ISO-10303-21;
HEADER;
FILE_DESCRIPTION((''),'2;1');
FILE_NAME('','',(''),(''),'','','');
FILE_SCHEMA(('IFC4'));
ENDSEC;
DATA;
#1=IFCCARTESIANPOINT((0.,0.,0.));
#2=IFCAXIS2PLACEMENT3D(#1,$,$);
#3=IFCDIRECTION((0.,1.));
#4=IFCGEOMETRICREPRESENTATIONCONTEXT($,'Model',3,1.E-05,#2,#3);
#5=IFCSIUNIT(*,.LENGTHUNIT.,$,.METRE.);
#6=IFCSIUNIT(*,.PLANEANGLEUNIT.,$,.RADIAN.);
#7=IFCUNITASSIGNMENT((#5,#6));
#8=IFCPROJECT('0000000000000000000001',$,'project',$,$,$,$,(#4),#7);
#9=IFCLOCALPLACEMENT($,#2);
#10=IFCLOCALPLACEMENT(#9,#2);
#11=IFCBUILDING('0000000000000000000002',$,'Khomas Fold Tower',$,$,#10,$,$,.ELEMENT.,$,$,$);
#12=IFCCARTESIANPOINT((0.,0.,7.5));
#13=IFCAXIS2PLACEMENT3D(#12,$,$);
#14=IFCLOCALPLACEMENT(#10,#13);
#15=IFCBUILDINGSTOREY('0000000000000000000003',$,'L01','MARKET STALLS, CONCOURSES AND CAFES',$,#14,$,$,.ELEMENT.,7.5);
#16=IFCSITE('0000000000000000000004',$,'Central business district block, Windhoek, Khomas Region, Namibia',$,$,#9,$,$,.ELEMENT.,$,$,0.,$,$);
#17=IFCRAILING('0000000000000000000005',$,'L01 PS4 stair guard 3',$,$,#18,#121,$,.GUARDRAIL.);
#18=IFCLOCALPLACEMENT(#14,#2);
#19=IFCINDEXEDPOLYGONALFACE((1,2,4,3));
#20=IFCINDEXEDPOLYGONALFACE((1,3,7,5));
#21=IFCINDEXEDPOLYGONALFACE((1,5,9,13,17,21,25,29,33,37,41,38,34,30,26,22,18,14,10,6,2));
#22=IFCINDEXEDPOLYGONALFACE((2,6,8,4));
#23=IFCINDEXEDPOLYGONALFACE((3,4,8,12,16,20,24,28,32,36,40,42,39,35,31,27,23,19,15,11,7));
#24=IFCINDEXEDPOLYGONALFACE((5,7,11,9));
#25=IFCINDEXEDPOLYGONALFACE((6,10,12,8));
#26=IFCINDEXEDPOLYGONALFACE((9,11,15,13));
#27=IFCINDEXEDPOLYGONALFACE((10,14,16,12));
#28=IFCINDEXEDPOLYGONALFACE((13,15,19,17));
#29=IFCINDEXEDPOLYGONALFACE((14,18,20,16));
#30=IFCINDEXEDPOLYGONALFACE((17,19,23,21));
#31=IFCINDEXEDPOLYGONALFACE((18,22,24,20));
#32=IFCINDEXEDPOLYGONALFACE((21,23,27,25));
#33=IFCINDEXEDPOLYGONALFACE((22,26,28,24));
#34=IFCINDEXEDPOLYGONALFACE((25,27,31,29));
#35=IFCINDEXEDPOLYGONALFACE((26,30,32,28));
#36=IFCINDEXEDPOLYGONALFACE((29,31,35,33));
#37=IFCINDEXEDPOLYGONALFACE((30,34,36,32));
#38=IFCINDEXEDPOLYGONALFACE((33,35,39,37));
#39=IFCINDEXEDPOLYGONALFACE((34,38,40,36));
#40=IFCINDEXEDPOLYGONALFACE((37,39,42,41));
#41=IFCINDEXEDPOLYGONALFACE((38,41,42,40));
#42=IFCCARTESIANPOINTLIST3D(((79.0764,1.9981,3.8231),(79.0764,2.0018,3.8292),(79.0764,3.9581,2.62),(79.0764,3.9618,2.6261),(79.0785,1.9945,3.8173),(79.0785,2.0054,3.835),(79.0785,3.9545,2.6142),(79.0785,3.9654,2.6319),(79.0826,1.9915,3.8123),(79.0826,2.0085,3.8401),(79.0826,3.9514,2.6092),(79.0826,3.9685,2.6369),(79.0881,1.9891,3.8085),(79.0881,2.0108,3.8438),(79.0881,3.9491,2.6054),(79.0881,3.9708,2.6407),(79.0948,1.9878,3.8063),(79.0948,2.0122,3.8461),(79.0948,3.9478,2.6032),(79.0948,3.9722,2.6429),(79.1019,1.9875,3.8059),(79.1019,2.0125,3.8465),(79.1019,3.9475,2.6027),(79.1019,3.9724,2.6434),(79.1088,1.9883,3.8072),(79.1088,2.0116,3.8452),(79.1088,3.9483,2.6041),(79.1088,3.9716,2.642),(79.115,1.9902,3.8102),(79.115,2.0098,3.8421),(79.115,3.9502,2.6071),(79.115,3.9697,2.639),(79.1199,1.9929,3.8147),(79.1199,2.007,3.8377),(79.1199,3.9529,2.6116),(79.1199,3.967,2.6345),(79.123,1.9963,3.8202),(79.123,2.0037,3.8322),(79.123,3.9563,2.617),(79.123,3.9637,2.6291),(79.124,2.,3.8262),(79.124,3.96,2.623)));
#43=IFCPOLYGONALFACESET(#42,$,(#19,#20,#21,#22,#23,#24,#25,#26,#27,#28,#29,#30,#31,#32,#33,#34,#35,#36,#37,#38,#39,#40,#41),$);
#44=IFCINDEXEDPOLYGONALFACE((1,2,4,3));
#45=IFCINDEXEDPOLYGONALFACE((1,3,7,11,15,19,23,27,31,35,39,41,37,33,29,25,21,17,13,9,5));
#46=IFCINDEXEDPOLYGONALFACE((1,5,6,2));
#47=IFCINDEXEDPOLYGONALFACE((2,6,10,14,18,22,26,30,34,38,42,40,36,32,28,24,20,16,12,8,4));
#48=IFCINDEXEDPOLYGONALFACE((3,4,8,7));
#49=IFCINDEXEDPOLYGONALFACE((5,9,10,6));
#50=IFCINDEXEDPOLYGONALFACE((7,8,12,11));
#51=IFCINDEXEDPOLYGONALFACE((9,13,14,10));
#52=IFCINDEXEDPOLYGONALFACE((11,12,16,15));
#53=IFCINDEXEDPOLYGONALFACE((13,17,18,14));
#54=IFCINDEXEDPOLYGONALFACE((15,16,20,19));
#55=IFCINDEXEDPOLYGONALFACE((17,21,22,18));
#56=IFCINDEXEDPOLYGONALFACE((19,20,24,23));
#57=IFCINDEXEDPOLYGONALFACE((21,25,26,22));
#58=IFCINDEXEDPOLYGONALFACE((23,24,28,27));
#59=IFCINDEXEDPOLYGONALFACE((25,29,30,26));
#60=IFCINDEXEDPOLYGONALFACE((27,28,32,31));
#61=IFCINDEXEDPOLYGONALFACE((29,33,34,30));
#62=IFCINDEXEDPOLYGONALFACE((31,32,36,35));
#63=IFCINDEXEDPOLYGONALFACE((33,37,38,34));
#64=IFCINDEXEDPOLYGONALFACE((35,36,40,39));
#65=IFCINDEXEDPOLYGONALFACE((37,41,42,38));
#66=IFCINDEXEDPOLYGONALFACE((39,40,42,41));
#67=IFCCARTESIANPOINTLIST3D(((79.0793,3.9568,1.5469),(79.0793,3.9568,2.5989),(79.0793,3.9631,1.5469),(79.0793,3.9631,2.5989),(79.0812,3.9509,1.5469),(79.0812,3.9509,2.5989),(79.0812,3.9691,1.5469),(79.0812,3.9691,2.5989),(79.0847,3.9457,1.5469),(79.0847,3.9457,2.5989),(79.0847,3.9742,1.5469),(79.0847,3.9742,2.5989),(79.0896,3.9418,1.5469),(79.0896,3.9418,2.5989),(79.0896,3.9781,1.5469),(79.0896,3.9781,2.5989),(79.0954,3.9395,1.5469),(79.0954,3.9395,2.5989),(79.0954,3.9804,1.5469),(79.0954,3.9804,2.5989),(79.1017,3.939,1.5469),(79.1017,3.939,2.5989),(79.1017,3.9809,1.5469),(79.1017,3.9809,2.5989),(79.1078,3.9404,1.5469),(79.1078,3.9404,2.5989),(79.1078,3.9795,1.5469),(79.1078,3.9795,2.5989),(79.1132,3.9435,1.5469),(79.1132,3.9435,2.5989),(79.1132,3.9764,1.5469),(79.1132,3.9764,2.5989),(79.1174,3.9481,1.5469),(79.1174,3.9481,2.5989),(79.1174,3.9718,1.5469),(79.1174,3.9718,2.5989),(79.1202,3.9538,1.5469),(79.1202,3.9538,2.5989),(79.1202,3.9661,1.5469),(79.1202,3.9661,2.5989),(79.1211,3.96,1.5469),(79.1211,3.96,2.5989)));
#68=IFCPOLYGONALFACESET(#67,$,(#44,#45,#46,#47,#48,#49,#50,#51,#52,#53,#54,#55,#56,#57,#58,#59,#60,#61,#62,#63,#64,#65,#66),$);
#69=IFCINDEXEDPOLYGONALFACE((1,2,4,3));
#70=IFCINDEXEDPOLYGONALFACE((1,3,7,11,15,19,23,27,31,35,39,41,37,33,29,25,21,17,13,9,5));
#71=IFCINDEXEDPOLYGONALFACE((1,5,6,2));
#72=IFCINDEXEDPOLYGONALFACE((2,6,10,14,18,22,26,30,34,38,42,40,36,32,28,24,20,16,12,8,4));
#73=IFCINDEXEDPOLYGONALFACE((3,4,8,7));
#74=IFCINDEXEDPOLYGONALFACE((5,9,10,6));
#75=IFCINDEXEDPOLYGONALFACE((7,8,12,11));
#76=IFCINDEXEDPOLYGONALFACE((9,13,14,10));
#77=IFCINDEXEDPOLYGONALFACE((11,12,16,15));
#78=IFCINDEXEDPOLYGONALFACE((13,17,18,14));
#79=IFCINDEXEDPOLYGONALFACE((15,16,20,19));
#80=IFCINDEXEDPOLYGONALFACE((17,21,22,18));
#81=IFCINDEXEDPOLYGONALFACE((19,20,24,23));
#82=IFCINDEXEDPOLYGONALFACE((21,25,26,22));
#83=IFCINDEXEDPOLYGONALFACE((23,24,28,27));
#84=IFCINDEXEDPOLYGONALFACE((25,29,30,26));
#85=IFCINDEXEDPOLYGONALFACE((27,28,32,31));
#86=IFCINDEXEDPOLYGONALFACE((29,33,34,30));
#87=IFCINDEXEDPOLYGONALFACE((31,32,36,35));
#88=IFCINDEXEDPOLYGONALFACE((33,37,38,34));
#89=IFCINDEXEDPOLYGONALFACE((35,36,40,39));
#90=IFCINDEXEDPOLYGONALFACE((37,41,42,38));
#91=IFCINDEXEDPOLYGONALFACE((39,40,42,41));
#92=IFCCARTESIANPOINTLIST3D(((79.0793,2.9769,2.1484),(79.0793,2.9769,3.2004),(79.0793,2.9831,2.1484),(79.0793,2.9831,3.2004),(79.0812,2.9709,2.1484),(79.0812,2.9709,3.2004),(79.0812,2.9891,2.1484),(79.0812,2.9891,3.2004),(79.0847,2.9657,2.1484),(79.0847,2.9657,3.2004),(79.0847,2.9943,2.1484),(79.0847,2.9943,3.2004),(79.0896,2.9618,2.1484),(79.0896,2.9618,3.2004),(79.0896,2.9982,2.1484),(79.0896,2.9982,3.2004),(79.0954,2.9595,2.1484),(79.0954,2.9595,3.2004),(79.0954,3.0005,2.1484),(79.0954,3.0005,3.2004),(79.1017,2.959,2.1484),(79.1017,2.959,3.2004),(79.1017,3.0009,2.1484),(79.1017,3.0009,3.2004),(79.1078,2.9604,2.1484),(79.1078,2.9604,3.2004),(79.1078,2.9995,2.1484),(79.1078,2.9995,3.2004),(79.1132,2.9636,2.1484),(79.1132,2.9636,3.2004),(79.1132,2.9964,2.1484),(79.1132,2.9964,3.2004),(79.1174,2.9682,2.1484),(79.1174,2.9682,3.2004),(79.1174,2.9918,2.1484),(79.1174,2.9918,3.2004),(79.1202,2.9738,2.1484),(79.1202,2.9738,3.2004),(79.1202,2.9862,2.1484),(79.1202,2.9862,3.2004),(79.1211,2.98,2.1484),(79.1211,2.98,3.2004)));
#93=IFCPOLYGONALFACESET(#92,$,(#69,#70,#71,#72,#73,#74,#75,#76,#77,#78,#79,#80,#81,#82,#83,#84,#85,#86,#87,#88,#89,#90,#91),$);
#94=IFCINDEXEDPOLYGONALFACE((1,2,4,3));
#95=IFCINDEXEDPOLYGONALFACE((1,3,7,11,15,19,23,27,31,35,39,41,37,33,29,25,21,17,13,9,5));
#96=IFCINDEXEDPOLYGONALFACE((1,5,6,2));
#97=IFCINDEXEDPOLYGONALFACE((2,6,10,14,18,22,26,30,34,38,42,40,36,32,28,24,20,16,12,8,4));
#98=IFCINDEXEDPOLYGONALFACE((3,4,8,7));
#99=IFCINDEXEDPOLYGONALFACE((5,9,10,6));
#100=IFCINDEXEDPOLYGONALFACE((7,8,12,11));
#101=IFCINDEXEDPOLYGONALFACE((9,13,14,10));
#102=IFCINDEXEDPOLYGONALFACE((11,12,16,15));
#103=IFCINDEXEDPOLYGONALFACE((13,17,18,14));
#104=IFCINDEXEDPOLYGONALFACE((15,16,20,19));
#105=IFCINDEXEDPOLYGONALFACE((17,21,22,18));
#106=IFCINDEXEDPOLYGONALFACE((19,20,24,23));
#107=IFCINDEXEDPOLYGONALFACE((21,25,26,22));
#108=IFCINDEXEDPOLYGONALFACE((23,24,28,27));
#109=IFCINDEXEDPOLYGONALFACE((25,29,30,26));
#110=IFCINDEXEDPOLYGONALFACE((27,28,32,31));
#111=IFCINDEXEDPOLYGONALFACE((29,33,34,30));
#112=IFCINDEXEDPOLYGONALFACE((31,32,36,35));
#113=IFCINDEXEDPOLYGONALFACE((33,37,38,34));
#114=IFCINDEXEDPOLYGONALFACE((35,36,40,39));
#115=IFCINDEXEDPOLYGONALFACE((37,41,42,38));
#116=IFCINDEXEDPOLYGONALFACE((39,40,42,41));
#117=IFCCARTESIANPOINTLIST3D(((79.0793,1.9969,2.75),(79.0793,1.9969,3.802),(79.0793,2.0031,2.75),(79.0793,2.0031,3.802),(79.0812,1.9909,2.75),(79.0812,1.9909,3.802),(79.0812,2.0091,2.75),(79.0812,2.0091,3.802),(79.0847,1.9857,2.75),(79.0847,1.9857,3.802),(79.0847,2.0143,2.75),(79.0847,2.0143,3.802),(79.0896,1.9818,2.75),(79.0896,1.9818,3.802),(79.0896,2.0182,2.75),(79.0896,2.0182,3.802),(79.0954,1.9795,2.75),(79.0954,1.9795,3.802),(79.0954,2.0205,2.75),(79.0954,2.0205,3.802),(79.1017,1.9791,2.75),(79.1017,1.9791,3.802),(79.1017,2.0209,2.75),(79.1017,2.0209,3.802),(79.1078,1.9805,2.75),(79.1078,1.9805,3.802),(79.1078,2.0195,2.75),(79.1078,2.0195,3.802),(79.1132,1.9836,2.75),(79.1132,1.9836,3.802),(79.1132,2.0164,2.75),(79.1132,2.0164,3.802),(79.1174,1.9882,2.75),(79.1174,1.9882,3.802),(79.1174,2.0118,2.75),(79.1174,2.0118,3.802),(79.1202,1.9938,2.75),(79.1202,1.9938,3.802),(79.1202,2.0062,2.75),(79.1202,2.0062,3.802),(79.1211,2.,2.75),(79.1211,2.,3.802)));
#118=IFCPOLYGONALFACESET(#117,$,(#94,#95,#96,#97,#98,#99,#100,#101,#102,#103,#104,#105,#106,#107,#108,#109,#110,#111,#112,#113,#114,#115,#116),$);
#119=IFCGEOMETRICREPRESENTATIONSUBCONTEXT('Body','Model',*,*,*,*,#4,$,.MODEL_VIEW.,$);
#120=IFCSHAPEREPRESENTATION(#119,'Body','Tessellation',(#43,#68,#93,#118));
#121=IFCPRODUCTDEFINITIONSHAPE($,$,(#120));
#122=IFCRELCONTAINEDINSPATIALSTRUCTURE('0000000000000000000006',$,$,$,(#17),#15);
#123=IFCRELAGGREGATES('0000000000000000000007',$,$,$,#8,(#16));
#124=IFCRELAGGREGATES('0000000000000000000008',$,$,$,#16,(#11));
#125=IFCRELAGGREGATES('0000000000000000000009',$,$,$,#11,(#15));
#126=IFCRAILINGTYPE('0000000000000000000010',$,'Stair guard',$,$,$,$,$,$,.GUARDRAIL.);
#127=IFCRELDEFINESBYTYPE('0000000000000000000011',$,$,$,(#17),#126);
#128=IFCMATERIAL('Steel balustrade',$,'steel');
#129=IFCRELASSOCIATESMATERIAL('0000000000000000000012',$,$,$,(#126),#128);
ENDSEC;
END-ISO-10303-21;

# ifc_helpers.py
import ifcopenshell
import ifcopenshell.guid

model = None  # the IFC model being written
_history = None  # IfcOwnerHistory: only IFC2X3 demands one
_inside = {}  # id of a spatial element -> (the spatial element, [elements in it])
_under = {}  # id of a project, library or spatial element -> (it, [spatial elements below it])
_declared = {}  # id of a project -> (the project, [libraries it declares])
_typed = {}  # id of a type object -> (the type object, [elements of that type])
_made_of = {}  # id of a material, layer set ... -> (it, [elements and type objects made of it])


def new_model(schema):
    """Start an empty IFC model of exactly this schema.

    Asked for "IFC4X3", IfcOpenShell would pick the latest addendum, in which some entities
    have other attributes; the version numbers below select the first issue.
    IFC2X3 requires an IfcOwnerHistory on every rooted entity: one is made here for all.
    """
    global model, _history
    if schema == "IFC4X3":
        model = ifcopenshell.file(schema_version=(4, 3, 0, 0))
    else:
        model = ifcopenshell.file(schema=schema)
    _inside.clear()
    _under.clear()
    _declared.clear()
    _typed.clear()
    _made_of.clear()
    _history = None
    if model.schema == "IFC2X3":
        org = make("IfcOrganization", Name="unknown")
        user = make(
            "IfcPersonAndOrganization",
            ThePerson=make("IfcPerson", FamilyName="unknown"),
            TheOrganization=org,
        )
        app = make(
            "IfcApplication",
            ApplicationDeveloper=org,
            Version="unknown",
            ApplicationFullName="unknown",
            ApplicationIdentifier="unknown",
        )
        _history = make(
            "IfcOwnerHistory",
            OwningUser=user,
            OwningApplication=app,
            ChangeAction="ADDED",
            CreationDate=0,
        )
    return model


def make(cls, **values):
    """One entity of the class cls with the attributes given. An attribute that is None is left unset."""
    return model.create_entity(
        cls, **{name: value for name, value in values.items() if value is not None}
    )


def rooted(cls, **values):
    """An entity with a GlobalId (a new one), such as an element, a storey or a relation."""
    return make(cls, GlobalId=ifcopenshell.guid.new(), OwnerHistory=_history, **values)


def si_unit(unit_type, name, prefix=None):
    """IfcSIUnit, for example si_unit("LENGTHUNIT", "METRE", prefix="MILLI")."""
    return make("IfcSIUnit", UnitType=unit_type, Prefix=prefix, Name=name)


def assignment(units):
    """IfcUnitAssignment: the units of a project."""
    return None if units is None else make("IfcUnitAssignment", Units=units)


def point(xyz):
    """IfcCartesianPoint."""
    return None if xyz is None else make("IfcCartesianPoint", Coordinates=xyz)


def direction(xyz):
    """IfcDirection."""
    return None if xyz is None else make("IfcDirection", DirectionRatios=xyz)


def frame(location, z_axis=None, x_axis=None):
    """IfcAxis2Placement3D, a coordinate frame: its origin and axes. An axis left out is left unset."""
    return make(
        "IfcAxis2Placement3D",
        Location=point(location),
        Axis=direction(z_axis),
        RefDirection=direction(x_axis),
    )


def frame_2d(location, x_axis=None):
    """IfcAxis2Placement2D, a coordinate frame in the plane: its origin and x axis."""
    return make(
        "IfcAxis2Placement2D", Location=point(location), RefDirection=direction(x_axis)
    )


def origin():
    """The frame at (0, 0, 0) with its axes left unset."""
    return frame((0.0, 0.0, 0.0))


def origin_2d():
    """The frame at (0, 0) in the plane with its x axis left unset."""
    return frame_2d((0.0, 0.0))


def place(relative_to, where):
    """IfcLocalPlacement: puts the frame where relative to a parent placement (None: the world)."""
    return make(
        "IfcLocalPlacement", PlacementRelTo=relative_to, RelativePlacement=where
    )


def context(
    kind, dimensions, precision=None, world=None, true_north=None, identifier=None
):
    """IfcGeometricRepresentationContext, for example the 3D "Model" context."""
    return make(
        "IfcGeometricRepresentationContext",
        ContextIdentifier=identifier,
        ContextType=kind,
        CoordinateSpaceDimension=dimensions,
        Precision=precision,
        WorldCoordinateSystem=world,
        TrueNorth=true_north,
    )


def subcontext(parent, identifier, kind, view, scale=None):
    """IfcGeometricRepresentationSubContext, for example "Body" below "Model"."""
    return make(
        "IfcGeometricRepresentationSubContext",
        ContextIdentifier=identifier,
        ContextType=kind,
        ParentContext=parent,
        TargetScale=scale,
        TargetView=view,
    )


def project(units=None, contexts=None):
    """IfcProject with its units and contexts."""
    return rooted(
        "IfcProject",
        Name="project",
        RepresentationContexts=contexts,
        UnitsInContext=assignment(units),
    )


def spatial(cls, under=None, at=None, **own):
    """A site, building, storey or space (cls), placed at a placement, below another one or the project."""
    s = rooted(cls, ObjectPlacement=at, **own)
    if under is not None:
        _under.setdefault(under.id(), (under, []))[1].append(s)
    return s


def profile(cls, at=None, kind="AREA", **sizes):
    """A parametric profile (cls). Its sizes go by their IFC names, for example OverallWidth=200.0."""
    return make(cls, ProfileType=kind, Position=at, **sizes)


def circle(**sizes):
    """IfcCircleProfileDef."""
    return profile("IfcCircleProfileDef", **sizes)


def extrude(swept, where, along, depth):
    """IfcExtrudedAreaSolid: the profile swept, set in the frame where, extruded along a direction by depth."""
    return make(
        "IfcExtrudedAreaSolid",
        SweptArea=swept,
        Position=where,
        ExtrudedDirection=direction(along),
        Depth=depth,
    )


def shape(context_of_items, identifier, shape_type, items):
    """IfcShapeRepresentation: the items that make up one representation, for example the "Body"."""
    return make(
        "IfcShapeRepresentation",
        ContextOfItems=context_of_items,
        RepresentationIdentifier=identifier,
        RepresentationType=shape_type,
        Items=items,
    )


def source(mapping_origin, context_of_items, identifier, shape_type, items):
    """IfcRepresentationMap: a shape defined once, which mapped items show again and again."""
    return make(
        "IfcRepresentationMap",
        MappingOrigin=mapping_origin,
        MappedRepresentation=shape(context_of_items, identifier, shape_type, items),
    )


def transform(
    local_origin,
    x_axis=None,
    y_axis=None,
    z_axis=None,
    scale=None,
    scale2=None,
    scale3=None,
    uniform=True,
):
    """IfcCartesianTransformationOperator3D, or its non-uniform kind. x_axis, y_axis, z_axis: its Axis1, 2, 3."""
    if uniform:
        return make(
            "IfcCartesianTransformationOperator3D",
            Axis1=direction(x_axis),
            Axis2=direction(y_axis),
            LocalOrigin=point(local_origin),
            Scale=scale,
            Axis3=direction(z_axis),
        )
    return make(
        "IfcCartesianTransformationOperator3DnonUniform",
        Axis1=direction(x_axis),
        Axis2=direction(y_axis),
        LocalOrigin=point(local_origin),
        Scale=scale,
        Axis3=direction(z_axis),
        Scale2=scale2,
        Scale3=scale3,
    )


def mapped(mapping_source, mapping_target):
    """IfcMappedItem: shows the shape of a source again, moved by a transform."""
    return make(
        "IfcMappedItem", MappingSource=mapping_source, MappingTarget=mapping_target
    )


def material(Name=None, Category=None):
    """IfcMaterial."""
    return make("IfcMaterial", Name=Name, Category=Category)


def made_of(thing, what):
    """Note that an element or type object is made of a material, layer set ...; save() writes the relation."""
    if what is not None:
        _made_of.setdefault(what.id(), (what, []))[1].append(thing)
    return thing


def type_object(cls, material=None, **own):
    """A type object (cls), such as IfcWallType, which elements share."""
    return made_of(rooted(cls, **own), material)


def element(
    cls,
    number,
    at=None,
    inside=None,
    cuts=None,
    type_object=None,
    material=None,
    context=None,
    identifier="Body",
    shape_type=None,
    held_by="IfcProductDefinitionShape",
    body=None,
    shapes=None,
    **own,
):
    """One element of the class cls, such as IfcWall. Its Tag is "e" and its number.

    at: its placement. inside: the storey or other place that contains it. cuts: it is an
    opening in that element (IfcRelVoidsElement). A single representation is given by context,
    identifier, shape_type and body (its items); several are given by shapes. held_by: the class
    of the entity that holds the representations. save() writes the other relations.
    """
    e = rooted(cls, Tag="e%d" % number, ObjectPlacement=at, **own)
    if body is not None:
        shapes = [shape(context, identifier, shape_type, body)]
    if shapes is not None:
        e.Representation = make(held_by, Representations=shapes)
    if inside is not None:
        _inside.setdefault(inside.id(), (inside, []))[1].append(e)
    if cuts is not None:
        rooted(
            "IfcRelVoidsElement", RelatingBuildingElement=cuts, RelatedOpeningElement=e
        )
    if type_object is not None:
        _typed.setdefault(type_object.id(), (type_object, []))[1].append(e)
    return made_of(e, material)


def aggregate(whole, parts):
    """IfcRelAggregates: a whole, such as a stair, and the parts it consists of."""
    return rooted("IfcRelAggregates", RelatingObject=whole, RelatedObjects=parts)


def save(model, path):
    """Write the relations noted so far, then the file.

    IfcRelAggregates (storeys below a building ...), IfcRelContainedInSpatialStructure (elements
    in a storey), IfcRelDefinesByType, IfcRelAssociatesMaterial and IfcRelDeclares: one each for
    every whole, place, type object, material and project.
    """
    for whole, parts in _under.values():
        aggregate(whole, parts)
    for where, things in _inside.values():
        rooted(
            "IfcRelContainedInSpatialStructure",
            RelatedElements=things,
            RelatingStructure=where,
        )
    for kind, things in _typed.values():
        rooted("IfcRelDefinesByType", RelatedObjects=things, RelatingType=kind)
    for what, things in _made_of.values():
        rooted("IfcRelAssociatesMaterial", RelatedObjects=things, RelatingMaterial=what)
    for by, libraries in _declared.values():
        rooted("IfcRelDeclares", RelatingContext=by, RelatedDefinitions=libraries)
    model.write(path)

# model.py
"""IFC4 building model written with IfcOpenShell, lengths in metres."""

from ifc_helpers import new_model, si_unit, direction, frame, origin, origin_2d, place, context, subcontext, project, spatial, circle, extrude, source, transform, mapped, material, type_object, element, save


model = new_model("IFC4")

# Units and contexts
model_context = context("Model", 3, precision=1e-05, world=origin(), true_north=direction((0.0, 1.0)))
body_context = subcontext(model_context, "Body", "Model", "MODEL_VIEW")
ifc_project = project(units=[si_unit("LENGTHUNIT", "METRE"), si_unit("PLANEANGLEUNIT", "RADIAN")], contexts=[model_context])

# Site, building, storey
site_placement = place(None, origin())
site = spatial("IfcSite", under=ifc_project, at=site_placement, Name="Central business district block, Windhoek, Khomas Region, Namibia", CompositionType="ELEMENT", RefElevation=0.0)
building_placement = place(site_placement, origin())
building = spatial("IfcBuilding", under=site, at=building_placement, Name="Khomas Fold Tower", CompositionType="ELEMENT")
storey_placement = place(building_placement, frame((0.0, 0.0, 7.5)))
storey = spatial("IfcBuildingStorey", under=building, at=storey_placement, Name="L01", Description="MARKET STALLS, CONCOURSES AND CAFES", CompositionType="ELEMENT", Elevation=7.5)

# Railing
ifc_material_1 = material(Name="Steel balustrade", Category="steel")
railing_type_1 = type_object("IfcRailingType", Name="Stair guard", PredefinedType="GUARDRAIL", material=ifc_material_1)
shared_shape_1 = source(origin(), body_context, "Body", "SweptSolid", [
    extrude(circle(Radius=0.0239, at=origin_2d()), frame((0.0, 0.0, 1.0762), z_axis=(0.0, -0.852241, 0.523149), x_axis=(1.0, 0.0, 0.0)), (0.0, 0.0, 1.0), 2.2998),
    extrude(circle(Radius=0.021, at=origin_2d()), origin(), (0.0, 0.0, 1.0), 1.052),
    extrude(circle(Radius=0.021, at=origin_2d()), frame((0.0, -0.98, 0.6016)), (0.0, 0.0, 1.0), 1.052),
    extrude(circle(Radius=0.021, at=origin_2d()), frame((0.0, -1.96, 1.2031)), (0.0, 0.0, 1.0), 1.052),
])
for number, where, name in (
    (1, (79.1001, 3.96, 1.5469), "L01 PS4 stair guard 3"),
):
    element("IfcRailing", number, at=place(storey_placement, frame(where)), inside=storey, type_object=railing_type_1, Name=name, PredefinedType="GUARDRAIL", context=body_context, shape_type="MappedRepresentation", body=[
        mapped(shared_shape_1, transform((0.0, 0.0, 0.0))),
    ])

save(model, "model.ifc")
